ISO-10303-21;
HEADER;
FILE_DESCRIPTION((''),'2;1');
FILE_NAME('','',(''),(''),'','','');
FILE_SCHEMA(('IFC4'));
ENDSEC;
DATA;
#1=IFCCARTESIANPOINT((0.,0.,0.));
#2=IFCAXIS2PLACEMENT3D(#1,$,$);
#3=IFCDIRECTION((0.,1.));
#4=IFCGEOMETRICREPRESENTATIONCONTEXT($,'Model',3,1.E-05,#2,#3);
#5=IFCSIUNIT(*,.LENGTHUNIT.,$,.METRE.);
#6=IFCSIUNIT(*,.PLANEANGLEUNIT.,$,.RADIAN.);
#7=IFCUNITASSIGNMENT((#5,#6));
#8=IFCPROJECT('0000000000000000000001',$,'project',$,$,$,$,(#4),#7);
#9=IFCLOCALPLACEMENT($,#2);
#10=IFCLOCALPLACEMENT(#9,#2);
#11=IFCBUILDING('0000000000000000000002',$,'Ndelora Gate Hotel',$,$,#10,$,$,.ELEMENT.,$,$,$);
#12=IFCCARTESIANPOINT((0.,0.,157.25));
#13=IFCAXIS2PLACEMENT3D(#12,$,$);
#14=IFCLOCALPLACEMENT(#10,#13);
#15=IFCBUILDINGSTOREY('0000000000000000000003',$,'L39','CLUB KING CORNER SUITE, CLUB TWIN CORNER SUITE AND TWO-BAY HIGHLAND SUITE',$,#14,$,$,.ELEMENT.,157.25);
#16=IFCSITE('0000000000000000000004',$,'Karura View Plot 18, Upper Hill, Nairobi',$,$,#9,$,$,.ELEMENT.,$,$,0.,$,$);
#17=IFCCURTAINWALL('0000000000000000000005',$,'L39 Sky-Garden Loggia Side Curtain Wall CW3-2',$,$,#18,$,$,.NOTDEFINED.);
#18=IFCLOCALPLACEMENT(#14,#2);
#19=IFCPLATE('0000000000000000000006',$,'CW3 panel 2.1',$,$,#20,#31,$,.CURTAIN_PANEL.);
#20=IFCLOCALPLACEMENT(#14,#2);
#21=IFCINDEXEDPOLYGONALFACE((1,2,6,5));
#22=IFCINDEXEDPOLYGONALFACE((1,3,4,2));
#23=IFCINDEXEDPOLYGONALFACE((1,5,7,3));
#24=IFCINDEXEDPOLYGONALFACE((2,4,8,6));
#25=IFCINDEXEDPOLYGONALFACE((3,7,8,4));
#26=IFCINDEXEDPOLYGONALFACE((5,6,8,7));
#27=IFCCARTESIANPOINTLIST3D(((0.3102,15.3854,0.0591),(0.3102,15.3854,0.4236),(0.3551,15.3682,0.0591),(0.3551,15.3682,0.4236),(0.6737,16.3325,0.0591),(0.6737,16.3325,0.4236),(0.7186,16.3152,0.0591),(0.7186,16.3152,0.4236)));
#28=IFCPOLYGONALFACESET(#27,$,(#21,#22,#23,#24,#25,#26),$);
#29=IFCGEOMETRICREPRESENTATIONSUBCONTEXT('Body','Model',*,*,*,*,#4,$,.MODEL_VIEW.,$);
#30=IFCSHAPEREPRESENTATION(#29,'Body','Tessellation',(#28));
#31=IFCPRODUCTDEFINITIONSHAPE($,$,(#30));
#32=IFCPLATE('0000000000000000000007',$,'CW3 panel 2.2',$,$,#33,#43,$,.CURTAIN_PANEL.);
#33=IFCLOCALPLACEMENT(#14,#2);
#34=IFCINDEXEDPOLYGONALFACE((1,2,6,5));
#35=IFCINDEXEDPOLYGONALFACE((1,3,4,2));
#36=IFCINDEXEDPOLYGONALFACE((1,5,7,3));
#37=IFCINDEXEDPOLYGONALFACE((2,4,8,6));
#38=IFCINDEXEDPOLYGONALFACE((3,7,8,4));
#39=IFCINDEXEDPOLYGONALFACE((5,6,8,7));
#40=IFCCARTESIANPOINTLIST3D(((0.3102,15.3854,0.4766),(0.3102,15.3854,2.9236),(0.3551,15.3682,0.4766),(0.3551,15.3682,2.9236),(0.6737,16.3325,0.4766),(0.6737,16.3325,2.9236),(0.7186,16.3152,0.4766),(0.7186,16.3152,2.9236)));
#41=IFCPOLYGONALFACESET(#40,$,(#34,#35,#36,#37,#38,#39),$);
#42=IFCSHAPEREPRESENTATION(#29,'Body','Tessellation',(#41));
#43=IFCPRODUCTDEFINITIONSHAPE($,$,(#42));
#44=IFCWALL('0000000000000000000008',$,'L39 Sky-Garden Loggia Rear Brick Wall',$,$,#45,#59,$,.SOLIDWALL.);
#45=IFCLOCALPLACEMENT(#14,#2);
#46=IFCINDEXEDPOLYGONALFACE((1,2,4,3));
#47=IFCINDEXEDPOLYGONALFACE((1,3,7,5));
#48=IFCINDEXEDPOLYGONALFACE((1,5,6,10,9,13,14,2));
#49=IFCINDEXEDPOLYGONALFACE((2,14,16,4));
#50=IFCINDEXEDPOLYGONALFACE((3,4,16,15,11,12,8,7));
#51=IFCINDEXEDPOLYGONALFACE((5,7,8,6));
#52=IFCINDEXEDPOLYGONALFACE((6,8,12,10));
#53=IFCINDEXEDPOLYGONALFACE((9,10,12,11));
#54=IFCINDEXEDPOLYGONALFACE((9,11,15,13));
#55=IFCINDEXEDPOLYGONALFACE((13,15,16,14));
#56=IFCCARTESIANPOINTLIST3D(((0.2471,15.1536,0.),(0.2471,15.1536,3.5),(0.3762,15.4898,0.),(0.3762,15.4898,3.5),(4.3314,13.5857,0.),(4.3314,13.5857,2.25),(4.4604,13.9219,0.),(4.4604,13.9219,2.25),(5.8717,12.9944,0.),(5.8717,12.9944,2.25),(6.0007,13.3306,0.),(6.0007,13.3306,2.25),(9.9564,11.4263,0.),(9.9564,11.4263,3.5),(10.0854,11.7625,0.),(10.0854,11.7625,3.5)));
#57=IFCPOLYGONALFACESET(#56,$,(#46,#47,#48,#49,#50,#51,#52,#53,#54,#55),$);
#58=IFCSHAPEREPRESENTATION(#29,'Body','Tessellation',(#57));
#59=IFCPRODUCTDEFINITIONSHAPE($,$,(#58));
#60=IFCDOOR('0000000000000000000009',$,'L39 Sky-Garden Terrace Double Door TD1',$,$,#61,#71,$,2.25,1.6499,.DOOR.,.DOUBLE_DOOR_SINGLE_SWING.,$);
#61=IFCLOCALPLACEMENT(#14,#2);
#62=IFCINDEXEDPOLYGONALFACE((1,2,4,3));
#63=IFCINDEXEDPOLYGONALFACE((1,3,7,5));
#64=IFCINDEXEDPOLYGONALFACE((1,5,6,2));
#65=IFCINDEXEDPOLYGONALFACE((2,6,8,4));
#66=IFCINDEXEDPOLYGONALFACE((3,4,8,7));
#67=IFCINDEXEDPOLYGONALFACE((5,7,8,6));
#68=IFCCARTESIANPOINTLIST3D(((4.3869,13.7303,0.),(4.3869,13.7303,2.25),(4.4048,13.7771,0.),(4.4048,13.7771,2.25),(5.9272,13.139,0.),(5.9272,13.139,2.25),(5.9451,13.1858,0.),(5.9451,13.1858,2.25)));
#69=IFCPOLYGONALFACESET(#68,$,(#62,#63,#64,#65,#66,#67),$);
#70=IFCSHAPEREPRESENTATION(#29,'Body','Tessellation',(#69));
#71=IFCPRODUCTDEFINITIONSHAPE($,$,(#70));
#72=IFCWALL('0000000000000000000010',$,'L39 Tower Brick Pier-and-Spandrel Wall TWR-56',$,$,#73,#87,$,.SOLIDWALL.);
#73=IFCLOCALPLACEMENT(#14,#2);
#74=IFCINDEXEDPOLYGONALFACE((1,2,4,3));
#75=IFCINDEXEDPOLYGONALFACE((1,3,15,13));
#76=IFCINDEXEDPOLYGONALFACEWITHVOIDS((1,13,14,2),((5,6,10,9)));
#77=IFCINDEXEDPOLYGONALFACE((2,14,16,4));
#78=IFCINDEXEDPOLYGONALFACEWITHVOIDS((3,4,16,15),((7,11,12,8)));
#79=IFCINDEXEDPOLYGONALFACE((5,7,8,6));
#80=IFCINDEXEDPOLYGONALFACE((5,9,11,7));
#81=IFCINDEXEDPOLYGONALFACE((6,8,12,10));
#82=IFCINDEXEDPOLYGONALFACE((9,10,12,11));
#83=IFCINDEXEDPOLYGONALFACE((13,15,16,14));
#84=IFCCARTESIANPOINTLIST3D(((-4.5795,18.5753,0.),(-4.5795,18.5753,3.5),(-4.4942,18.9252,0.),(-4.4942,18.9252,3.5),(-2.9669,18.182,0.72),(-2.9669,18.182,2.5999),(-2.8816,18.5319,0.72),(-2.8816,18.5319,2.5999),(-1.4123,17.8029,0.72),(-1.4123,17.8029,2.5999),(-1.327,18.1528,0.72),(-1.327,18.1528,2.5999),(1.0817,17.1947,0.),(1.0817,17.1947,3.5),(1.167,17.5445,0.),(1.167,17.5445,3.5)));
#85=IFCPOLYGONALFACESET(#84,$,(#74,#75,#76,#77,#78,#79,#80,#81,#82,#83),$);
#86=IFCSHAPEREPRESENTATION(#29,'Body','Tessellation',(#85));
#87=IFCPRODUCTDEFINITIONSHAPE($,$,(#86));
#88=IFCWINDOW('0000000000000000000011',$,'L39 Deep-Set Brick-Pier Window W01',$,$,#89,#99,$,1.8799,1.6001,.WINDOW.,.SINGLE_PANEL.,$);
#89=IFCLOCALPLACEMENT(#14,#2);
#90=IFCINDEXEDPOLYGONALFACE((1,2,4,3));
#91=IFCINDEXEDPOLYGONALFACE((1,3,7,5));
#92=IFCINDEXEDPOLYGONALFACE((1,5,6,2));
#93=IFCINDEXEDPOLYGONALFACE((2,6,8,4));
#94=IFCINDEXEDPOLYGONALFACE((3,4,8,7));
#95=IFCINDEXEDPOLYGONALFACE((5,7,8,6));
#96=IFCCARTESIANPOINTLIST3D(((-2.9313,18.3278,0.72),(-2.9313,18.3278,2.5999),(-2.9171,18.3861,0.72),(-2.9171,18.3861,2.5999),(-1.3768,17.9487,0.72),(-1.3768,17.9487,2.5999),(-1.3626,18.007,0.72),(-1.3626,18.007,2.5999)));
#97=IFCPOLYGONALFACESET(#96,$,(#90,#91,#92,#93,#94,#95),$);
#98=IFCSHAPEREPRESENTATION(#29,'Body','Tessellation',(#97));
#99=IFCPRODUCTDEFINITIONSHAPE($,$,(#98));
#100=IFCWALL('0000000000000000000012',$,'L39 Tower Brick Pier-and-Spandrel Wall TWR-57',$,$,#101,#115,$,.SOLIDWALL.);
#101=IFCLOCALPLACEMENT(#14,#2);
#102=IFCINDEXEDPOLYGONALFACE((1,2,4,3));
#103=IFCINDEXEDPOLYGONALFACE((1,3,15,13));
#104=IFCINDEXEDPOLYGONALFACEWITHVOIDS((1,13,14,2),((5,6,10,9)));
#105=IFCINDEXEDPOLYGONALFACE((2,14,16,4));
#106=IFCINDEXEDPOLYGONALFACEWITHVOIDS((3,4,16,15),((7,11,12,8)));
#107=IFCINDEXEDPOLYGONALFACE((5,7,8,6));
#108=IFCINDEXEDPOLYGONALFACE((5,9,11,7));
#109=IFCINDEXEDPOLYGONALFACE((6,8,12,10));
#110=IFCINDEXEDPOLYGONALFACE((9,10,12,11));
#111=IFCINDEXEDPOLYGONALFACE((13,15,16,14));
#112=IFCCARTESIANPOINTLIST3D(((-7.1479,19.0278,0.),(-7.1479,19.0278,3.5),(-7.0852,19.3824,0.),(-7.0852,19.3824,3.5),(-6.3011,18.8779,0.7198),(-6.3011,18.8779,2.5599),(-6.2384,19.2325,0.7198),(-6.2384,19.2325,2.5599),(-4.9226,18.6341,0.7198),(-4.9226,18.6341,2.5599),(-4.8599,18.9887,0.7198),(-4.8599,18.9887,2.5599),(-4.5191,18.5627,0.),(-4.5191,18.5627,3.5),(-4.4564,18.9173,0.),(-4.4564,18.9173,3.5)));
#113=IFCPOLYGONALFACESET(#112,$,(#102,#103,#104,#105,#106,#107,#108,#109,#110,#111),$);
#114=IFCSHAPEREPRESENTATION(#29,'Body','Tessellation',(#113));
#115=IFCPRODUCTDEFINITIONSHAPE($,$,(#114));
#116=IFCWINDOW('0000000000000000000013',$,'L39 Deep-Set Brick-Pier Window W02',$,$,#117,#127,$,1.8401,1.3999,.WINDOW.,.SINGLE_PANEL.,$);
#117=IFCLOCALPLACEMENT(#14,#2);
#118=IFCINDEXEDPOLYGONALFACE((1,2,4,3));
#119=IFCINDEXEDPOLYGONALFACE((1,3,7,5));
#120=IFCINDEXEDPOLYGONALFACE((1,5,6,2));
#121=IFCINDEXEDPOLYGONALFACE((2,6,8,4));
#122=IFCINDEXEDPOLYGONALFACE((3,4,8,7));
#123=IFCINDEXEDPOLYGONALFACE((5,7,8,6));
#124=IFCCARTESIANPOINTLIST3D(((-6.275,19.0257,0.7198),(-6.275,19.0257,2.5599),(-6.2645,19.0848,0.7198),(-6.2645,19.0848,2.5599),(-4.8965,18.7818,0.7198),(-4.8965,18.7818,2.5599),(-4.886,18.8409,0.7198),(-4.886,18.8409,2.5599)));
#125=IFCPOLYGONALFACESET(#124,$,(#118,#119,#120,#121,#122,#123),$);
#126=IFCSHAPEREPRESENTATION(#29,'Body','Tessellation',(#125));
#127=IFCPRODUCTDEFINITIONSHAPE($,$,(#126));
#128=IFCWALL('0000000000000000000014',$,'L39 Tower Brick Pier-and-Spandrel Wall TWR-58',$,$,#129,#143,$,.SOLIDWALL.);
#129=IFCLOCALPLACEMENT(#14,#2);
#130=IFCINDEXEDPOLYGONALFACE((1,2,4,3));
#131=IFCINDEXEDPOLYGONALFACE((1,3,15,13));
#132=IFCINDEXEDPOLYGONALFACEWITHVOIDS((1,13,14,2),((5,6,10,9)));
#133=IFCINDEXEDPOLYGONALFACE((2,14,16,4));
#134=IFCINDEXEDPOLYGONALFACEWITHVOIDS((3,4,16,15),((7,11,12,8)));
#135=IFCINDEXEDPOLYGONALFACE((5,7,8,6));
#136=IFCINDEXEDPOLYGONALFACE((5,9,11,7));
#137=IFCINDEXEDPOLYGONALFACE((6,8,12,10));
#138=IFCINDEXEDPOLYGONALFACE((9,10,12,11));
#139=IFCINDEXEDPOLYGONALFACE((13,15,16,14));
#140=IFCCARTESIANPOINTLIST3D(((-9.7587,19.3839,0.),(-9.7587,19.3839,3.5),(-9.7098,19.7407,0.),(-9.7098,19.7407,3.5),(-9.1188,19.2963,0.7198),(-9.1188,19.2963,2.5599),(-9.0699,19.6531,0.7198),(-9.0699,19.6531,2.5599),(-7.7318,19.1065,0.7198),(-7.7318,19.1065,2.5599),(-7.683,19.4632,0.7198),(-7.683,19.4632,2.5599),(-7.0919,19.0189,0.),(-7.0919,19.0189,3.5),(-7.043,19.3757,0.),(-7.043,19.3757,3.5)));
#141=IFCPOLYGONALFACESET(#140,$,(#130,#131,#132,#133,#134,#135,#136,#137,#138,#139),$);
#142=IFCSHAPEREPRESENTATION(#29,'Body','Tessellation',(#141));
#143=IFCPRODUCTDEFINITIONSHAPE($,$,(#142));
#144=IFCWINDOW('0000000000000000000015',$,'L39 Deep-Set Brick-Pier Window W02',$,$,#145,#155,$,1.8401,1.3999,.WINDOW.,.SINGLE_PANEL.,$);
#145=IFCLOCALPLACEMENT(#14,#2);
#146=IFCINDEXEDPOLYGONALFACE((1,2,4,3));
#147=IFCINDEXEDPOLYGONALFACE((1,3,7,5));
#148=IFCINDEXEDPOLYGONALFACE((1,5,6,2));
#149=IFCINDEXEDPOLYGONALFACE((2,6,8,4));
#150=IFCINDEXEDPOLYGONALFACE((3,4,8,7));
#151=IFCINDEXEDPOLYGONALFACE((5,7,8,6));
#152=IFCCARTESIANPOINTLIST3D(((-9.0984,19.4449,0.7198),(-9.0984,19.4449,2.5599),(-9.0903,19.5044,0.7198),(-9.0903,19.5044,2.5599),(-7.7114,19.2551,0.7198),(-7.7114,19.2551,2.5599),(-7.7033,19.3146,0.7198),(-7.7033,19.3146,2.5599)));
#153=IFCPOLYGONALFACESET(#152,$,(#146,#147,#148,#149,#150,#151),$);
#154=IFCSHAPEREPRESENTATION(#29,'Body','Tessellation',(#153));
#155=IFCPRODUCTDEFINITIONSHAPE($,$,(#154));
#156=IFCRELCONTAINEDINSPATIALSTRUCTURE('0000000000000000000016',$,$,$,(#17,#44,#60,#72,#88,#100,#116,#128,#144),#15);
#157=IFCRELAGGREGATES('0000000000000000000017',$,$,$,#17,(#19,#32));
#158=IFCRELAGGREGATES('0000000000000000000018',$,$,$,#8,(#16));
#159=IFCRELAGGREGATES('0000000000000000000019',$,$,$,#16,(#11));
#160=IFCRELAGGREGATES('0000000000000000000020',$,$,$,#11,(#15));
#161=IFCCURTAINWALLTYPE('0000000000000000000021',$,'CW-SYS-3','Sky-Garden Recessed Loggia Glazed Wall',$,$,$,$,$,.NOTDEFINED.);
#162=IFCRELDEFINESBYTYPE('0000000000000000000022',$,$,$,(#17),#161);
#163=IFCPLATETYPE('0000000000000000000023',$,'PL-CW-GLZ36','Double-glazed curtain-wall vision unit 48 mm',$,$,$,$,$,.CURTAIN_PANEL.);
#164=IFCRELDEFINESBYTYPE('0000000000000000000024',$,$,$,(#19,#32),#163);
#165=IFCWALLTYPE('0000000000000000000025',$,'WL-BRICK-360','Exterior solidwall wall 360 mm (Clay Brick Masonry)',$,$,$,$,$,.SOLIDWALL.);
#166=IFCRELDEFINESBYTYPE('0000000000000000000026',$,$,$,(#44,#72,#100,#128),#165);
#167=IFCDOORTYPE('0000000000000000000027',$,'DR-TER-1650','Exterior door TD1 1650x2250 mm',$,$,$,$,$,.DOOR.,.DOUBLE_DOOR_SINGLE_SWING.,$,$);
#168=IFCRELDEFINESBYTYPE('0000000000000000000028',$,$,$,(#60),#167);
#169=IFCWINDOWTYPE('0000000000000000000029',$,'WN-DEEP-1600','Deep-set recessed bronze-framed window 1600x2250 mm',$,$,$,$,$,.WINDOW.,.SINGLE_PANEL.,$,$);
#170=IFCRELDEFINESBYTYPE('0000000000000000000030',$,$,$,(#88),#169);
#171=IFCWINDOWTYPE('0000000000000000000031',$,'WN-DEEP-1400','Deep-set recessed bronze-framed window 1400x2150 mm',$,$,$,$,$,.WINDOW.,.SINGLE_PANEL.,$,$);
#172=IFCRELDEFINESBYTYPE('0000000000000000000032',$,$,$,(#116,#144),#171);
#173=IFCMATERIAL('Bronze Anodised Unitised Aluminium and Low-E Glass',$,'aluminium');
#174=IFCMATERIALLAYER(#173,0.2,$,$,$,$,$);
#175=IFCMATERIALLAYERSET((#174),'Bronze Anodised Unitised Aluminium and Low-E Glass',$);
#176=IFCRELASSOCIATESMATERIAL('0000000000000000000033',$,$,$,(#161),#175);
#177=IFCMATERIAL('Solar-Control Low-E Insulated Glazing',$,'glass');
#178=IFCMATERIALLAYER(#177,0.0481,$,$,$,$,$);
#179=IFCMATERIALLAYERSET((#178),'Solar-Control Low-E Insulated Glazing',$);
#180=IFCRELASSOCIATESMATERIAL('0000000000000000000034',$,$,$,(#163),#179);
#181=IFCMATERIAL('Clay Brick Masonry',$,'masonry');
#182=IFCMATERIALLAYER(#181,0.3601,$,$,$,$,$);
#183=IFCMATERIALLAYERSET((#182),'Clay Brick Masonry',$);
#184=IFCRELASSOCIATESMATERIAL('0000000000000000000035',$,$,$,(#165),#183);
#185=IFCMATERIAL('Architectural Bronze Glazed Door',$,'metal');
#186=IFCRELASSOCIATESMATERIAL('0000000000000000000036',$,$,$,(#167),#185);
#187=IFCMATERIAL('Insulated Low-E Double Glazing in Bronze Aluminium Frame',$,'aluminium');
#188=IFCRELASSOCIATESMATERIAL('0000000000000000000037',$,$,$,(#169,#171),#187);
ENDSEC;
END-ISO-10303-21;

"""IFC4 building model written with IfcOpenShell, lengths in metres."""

from ifc_helpers import new_model, si_unit, direction, frame, frame_2d, origin, origin_2d, place, context, subcontext, project, spatial, rectangle, extrude, material, layer, layer_set, type_object, element, fill, aggregate, save


model = new_model("IFC4")

# Units and contexts
model_context = context("Model", 3, precision=1e-05, world=origin(), true_north=direction((0.0, 1.0)))
body_context = subcontext(model_context, "Body", "Model", "MODEL_VIEW")
ifc_project = project(units=[si_unit("LENGTHUNIT", "METRE"), si_unit("PLANEANGLEUNIT", "RADIAN")], contexts=[model_context])

# Site, building, storey
site_placement = place(None, origin())
site = spatial("IfcSite", under=ifc_project, at=site_placement, Name="Karura View Plot 18, Upper Hill, Nairobi", CompositionType="ELEMENT", RefElevation=0.0)
building_placement = place(site_placement, origin())
building = spatial("IfcBuilding", under=site, at=building_placement, Name="Ndelora Gate Hotel", CompositionType="ELEMENT")
storey_placement = place(building_placement, frame((0.0, 0.0, 157.25)))
storey = spatial("IfcBuildingStorey", under=building, at=storey_placement, Name="L39", Description="CLUB KING CORNER SUITE, CLUB TWIN CORNER SUITE AND TWO-BAY HIGHLAND SUITE", CompositionType="ELEMENT", Elevation=157.25)

# Curtain wall, plates
ifc_material_1 = material(Name="Bronze Anodised Unitised Aluminium and Low-E Glass", Category="aluminium")
ifc_layer_1 = layer(ifc_material_1, 0.2)
ifc_layer_set_1 = layer_set([ifc_layer_1], Name="Bronze Anodised Unitised Aluminium and Low-E Glass")
curtain_wall_type = type_object("IfcCurtainWallType", Name="CW-SYS-3", Description="Sky-Garden Recessed Loggia Glazed Wall", PredefinedType="NOTDEFINED", material=ifc_layer_set_1)
curtain_wall_placement = place(storey_placement, origin())
curtain_wall = element("IfcCurtainWall", 1, at=curtain_wall_placement, inside=storey, type_object=curtain_wall_type, Name="L39 Sky-Garden Loggia Side Curtain Wall CW3-2", PredefinedType="NOTDEFINED")
ifc_material_2 = material(Name="Solar-Control Low-E Insulated Glazing", Category="glass")
ifc_layer_2 = layer(ifc_material_2, 0.0481)
ifc_layer_set_2 = layer_set([ifc_layer_2], Name="Solar-Control Low-E Insulated Glazing")
plate_type = type_object("IfcPlateType", Name="PL-CW-GLZ36", Description="Double-glazed curtain-wall vision unit 48 mm", PredefinedType="CURTAIN_PANEL", material=ifc_layer_set_2)
plate_1_placement = place(storey_placement, frame((0.5144, 15.8503, 0.0591), z_axis=(0.0, 0.0, 1.0), x_axis=(-0.358376, -0.933577, 0.0)))
plate_1 = element("IfcPlate", 2, at=plate_1_placement, type_object=plate_type, Name="CW3 panel 2.1", PredefinedType="CURTAIN_PANEL", context=body_context, shape_type="SweptSolid", body=[
    extrude(rectangle(XDim=1.0144, YDim=0.0481, at=origin_2d()), origin(), (0.0, 0.0, 1.0), 0.3645),
])
plate_2_placement = place(storey_placement, frame((0.5144, 15.8503, 0.4766), z_axis=(0.0, 0.0, 1.0), x_axis=(-0.358376, -0.933577, 0.0)))
plate_2 = element("IfcPlate", 3, at=plate_2_placement, type_object=plate_type, Name="CW3 panel 2.2", PredefinedType="CURTAIN_PANEL", context=body_context, shape_type="SweptSolid", body=[
    extrude(rectangle(XDim=1.0144, YDim=0.0481, at=origin_2d()), origin(), (0.0, 0.0, 1.0), 2.447),
])
aggregate(curtain_wall, [plate_1, plate_2])

# Wall, opening, door
ifc_material_3 = material(Name="Clay Brick Masonry", Category="masonry")
ifc_layer_3 = layer(ifc_material_3, 0.3601)
ifc_layer_set_3 = layer_set([ifc_layer_3], Name="Clay Brick Masonry")
wall_type_1 = type_object("IfcWallType", Name="WL-BRICK-360", Description="Exterior solidwall wall 360 mm (Clay Brick Masonry)", PredefinedType="SOLIDWALL", material=ifc_layer_set_3)
wall_1_placement = place(storey_placement, frame((0.3115, 15.3218, 0.0), z_axis=(0.0, 0.0, 1.0), x_axis=(0.933572, -0.358391, 0.0)))
wall_1 = element("IfcWall", 4, at=wall_1_placement, inside=storey, type_object=wall_type_1, Name="L39 Sky-Garden Loggia Rear Brick Wall", PredefinedType="SOLIDWALL", context=body_context, shape_type="SweptSolid", body=[
    extrude(rectangle(XDim=10.4001, YDim=0.3601, at=frame_2d((5.2002, 0.0))), origin(), (0.0, 0.0, 1.0), 3.5),
])
opening_1_placement = place(wall_1_placement, frame((4.375, 0.0, 0.0)))
opening_1 = element("IfcOpeningElement", 5, at=opening_1_placement, cuts=wall_1, PredefinedType="OPENING", context=body_context, shape_type="SweptSolid", body=[
    extrude(rectangle(XDim=1.6499, YDim=2.25, at=frame_2d((0.825, 1.125))), frame((0.0, 0.1899, 0.0), z_axis=(0.0, -1.0, 0.0), x_axis=(1.0, 0.0, 0.0)), (0.0, 0.0, 1.0), 0.3801),
])
ifc_material_4 = material(Name="Architectural Bronze Glazed Door", Category="metal")
door_type_1 = type_object("IfcDoorType", Name="DR-TER-1650", Description="Exterior door TD1 1650x2250 mm", OperationType="DOUBLE_DOOR_SINGLE_SWING", PredefinedType="DOOR", material=ifc_material_4)
door_1_placement = place(opening_1_placement, origin())
door_1 = element("IfcDoor", 6, at=door_1_placement, inside=storey, type_object=door_type_1, Name="L39 Sky-Garden Terrace Double Door TD1", OperationType="DOUBLE_DOOR_SINGLE_SWING", OverallHeight=2.25, OverallWidth=1.6499, PredefinedType="DOOR", context=body_context, shape_type="SweptSolid", body=[
    extrude(rectangle(XDim=1.6499, YDim=2.25, at=frame_2d((0.825, 1.125))), frame((0.0, 0.0249, 0.0), z_axis=(0.0, -1.0, 0.0), x_axis=(1.0, 0.0, 0.0)), (0.0, 0.0, 1.0), 0.05),
])
fill(opening_1, door_1)

# Walls, openings, windows
wall_2_placement = place(storey_placement, frame((-4.5369, 18.7502, 0.0), z_axis=(0.0, 0.0, 1.0), x_axis=(0.971526, -0.236932, 0.0)))
wall_2 = element("IfcWall", 7, at=wall_2_placement, inside=storey, type_object=wall_type_1, Name="L39 Tower Brick Pier-and-Spandrel Wall TWR-56", PredefinedType="SOLIDWALL", context=body_context, shape_type="SweptSolid", body=[
    extrude(rectangle(XDim=5.8271, YDim=0.3601, at=frame_2d((2.9136, 0.0))), origin(), (0.0, 0.0, 1.0), 3.5),
])
opening_2_placement = place(wall_2_placement, frame((1.6599, 0.0, 0.72)))
opening_2 = element("IfcOpeningElement", 8, at=opening_2_placement, cuts=wall_2, PredefinedType="OPENING", context=body_context, shape_type="SweptSolid", body=[
    extrude(rectangle(XDim=1.6001, YDim=1.8799, at=frame_2d((0.8, 0.9399))), frame((0.0, 0.1899, 0.0), z_axis=(0.0, -1.0, 0.0), x_axis=(1.0, 0.0, 0.0)), (0.0, 0.0, 1.0), 0.3801),
])
ifc_material_5 = material(Name="Insulated Low-E Double Glazing in Bronze Aluminium Frame", Category="aluminium")
window_type_1 = type_object("IfcWindowType", Name="WN-DEEP-1600", Description="Deep-set recessed bronze-framed window 1600x2250 mm", PartitioningType="SINGLE_PANEL", PredefinedType="WINDOW", material=ifc_material_5)
window_1_placement = place(opening_2_placement, origin())
window_1 = element("IfcWindow", 9, at=window_1_placement, inside=storey, type_object=window_type_1, Name="L39 Deep-Set Brick-Pier Window W01", OverallHeight=1.8799, OverallWidth=1.6001, PartitioningType="SINGLE_PANEL", PredefinedType="WINDOW", context=body_context, shape_type="SweptSolid", body=[
    extrude(rectangle(XDim=1.6001, YDim=1.8799, at=frame_2d((0.8, 0.9399))), frame((0.0, 0.03, 0.0), z_axis=(0.0, -1.0, 0.0), x_axis=(1.0, 0.0, 0.0)), (0.0, 0.0, 1.0), 0.0601),
])
fill(opening_2, window_1)
wall_3_placement = place(storey_placement, frame((-7.1167, 19.2051, 0.0), z_axis=(0.0, 0.0, 1.0), x_axis=(0.984709, -0.174208, 0.0)))
wall_3 = element("IfcWall", 10, at=wall_3_placement, inside=storey, type_object=wall_type_1, Name="L39 Tower Brick Pier-and-Spandrel Wall TWR-57", PredefinedType="SOLIDWALL", context=body_context, shape_type="SweptSolid", body=[
    extrude(rectangle(XDim=2.6697, YDim=0.3601, at=frame_2d((1.335, 0.0))), origin(), (0.0, 0.0, 1.0), 3.5),
])
opening_3_placement = place(wall_3_placement, frame((0.8601, 0.0, 0.72)))
opening_3 = element("IfcOpeningElement", 11, at=opening_3_placement, cuts=wall_3, PredefinedType="OPENING", context=body_context, shape_type="SweptSolid", body=[
    extrude(rectangle(XDim=1.3999, YDim=1.8401, at=frame_2d((0.7, 0.9199))), frame((0.0, 0.1899, 0.0), z_axis=(0.0, -1.0, 0.0), x_axis=(1.0, 0.0, 0.0)), (0.0, 0.0, 1.0), 0.3801),
])
window_type_2 = type_object("IfcWindowType", Name="WN-DEEP-1400", Description="Deep-set recessed bronze-framed window 1400x2150 mm", PartitioningType="SINGLE_PANEL", PredefinedType="WINDOW", material=ifc_material_5)
window_2_placement = place(opening_3_placement, origin())
window_2 = element("IfcWindow", 12, at=window_2_placement, inside=storey, type_object=window_type_2, Name="L39 Deep-Set Brick-Pier Window W02", OverallHeight=1.8401, OverallWidth=1.3999, PartitioningType="SINGLE_PANEL", PredefinedType="WINDOW", context=body_context, shape_type="SweptSolid", body=[
    extrude(rectangle(XDim=1.3999, YDim=1.8401, at=frame_2d((0.7, 0.9199))), frame((0.0, 0.03, 0.0), z_axis=(0.0, -1.0, 0.0), x_axis=(1.0, 0.0, 0.0)), (0.0, 0.0, 1.0), 0.0601),
])
fill(opening_3, window_2)
wall_4_placement = place(storey_placement, frame((-9.7341, 19.5623, 0.0), z_axis=(0.0, 0.0, 1.0), x_axis=(0.990763, -0.135603, 0.0)))
wall_4 = element("IfcWall", 13, at=wall_4_placement, inside=storey, type_object=wall_type_1, Name="L39 Tower Brick Pier-and-Spandrel Wall TWR-58", PredefinedType="SOLIDWALL", context=body_context, shape_type="SweptSolid", body=[
    extrude(rectangle(XDim=2.6917, YDim=0.3601, at=frame_2d((1.3457, 0.0))), origin(), (0.0, 0.0, 1.0), 3.5),
])
opening_4_placement = place(wall_4_placement, frame((0.6458, 0.0, 0.72)))
opening_4 = element("IfcOpeningElement", 14, at=opening_4_placement, cuts=wall_4, PredefinedType="OPENING", context=body_context, shape_type="SweptSolid", body=[
    extrude(rectangle(XDim=1.3999, YDim=1.8401, at=frame_2d((0.7, 0.9199))), frame((0.0, 0.1899, 0.0), z_axis=(0.0, -1.0, 0.0), x_axis=(1.0, 0.0, 0.0)), (0.0, 0.0, 1.0), 0.3801),
])
window_3_placement = place(opening_4_placement, origin())
window_3 = element("IfcWindow", 15, at=window_3_placement, inside=storey, type_object=window_type_2, Name="L39 Deep-Set Brick-Pier Window W02", OverallHeight=1.8401, OverallWidth=1.3999, PartitioningType="SINGLE_PANEL", PredefinedType="WINDOW", context=body_context, shape_type="SweptSolid", body=[
    extrude(rectangle(XDim=1.3999, YDim=1.8401, at=frame_2d((0.7, 0.9199))), frame((0.0, 0.03, 0.0), z_axis=(0.0, -1.0, 0.0), x_axis=(1.0, 0.0, 0.0)), (0.0, 0.0, 1.0), 0.0601),
])
fill(opening_4, window_3)

save(model, "model.ifc")
